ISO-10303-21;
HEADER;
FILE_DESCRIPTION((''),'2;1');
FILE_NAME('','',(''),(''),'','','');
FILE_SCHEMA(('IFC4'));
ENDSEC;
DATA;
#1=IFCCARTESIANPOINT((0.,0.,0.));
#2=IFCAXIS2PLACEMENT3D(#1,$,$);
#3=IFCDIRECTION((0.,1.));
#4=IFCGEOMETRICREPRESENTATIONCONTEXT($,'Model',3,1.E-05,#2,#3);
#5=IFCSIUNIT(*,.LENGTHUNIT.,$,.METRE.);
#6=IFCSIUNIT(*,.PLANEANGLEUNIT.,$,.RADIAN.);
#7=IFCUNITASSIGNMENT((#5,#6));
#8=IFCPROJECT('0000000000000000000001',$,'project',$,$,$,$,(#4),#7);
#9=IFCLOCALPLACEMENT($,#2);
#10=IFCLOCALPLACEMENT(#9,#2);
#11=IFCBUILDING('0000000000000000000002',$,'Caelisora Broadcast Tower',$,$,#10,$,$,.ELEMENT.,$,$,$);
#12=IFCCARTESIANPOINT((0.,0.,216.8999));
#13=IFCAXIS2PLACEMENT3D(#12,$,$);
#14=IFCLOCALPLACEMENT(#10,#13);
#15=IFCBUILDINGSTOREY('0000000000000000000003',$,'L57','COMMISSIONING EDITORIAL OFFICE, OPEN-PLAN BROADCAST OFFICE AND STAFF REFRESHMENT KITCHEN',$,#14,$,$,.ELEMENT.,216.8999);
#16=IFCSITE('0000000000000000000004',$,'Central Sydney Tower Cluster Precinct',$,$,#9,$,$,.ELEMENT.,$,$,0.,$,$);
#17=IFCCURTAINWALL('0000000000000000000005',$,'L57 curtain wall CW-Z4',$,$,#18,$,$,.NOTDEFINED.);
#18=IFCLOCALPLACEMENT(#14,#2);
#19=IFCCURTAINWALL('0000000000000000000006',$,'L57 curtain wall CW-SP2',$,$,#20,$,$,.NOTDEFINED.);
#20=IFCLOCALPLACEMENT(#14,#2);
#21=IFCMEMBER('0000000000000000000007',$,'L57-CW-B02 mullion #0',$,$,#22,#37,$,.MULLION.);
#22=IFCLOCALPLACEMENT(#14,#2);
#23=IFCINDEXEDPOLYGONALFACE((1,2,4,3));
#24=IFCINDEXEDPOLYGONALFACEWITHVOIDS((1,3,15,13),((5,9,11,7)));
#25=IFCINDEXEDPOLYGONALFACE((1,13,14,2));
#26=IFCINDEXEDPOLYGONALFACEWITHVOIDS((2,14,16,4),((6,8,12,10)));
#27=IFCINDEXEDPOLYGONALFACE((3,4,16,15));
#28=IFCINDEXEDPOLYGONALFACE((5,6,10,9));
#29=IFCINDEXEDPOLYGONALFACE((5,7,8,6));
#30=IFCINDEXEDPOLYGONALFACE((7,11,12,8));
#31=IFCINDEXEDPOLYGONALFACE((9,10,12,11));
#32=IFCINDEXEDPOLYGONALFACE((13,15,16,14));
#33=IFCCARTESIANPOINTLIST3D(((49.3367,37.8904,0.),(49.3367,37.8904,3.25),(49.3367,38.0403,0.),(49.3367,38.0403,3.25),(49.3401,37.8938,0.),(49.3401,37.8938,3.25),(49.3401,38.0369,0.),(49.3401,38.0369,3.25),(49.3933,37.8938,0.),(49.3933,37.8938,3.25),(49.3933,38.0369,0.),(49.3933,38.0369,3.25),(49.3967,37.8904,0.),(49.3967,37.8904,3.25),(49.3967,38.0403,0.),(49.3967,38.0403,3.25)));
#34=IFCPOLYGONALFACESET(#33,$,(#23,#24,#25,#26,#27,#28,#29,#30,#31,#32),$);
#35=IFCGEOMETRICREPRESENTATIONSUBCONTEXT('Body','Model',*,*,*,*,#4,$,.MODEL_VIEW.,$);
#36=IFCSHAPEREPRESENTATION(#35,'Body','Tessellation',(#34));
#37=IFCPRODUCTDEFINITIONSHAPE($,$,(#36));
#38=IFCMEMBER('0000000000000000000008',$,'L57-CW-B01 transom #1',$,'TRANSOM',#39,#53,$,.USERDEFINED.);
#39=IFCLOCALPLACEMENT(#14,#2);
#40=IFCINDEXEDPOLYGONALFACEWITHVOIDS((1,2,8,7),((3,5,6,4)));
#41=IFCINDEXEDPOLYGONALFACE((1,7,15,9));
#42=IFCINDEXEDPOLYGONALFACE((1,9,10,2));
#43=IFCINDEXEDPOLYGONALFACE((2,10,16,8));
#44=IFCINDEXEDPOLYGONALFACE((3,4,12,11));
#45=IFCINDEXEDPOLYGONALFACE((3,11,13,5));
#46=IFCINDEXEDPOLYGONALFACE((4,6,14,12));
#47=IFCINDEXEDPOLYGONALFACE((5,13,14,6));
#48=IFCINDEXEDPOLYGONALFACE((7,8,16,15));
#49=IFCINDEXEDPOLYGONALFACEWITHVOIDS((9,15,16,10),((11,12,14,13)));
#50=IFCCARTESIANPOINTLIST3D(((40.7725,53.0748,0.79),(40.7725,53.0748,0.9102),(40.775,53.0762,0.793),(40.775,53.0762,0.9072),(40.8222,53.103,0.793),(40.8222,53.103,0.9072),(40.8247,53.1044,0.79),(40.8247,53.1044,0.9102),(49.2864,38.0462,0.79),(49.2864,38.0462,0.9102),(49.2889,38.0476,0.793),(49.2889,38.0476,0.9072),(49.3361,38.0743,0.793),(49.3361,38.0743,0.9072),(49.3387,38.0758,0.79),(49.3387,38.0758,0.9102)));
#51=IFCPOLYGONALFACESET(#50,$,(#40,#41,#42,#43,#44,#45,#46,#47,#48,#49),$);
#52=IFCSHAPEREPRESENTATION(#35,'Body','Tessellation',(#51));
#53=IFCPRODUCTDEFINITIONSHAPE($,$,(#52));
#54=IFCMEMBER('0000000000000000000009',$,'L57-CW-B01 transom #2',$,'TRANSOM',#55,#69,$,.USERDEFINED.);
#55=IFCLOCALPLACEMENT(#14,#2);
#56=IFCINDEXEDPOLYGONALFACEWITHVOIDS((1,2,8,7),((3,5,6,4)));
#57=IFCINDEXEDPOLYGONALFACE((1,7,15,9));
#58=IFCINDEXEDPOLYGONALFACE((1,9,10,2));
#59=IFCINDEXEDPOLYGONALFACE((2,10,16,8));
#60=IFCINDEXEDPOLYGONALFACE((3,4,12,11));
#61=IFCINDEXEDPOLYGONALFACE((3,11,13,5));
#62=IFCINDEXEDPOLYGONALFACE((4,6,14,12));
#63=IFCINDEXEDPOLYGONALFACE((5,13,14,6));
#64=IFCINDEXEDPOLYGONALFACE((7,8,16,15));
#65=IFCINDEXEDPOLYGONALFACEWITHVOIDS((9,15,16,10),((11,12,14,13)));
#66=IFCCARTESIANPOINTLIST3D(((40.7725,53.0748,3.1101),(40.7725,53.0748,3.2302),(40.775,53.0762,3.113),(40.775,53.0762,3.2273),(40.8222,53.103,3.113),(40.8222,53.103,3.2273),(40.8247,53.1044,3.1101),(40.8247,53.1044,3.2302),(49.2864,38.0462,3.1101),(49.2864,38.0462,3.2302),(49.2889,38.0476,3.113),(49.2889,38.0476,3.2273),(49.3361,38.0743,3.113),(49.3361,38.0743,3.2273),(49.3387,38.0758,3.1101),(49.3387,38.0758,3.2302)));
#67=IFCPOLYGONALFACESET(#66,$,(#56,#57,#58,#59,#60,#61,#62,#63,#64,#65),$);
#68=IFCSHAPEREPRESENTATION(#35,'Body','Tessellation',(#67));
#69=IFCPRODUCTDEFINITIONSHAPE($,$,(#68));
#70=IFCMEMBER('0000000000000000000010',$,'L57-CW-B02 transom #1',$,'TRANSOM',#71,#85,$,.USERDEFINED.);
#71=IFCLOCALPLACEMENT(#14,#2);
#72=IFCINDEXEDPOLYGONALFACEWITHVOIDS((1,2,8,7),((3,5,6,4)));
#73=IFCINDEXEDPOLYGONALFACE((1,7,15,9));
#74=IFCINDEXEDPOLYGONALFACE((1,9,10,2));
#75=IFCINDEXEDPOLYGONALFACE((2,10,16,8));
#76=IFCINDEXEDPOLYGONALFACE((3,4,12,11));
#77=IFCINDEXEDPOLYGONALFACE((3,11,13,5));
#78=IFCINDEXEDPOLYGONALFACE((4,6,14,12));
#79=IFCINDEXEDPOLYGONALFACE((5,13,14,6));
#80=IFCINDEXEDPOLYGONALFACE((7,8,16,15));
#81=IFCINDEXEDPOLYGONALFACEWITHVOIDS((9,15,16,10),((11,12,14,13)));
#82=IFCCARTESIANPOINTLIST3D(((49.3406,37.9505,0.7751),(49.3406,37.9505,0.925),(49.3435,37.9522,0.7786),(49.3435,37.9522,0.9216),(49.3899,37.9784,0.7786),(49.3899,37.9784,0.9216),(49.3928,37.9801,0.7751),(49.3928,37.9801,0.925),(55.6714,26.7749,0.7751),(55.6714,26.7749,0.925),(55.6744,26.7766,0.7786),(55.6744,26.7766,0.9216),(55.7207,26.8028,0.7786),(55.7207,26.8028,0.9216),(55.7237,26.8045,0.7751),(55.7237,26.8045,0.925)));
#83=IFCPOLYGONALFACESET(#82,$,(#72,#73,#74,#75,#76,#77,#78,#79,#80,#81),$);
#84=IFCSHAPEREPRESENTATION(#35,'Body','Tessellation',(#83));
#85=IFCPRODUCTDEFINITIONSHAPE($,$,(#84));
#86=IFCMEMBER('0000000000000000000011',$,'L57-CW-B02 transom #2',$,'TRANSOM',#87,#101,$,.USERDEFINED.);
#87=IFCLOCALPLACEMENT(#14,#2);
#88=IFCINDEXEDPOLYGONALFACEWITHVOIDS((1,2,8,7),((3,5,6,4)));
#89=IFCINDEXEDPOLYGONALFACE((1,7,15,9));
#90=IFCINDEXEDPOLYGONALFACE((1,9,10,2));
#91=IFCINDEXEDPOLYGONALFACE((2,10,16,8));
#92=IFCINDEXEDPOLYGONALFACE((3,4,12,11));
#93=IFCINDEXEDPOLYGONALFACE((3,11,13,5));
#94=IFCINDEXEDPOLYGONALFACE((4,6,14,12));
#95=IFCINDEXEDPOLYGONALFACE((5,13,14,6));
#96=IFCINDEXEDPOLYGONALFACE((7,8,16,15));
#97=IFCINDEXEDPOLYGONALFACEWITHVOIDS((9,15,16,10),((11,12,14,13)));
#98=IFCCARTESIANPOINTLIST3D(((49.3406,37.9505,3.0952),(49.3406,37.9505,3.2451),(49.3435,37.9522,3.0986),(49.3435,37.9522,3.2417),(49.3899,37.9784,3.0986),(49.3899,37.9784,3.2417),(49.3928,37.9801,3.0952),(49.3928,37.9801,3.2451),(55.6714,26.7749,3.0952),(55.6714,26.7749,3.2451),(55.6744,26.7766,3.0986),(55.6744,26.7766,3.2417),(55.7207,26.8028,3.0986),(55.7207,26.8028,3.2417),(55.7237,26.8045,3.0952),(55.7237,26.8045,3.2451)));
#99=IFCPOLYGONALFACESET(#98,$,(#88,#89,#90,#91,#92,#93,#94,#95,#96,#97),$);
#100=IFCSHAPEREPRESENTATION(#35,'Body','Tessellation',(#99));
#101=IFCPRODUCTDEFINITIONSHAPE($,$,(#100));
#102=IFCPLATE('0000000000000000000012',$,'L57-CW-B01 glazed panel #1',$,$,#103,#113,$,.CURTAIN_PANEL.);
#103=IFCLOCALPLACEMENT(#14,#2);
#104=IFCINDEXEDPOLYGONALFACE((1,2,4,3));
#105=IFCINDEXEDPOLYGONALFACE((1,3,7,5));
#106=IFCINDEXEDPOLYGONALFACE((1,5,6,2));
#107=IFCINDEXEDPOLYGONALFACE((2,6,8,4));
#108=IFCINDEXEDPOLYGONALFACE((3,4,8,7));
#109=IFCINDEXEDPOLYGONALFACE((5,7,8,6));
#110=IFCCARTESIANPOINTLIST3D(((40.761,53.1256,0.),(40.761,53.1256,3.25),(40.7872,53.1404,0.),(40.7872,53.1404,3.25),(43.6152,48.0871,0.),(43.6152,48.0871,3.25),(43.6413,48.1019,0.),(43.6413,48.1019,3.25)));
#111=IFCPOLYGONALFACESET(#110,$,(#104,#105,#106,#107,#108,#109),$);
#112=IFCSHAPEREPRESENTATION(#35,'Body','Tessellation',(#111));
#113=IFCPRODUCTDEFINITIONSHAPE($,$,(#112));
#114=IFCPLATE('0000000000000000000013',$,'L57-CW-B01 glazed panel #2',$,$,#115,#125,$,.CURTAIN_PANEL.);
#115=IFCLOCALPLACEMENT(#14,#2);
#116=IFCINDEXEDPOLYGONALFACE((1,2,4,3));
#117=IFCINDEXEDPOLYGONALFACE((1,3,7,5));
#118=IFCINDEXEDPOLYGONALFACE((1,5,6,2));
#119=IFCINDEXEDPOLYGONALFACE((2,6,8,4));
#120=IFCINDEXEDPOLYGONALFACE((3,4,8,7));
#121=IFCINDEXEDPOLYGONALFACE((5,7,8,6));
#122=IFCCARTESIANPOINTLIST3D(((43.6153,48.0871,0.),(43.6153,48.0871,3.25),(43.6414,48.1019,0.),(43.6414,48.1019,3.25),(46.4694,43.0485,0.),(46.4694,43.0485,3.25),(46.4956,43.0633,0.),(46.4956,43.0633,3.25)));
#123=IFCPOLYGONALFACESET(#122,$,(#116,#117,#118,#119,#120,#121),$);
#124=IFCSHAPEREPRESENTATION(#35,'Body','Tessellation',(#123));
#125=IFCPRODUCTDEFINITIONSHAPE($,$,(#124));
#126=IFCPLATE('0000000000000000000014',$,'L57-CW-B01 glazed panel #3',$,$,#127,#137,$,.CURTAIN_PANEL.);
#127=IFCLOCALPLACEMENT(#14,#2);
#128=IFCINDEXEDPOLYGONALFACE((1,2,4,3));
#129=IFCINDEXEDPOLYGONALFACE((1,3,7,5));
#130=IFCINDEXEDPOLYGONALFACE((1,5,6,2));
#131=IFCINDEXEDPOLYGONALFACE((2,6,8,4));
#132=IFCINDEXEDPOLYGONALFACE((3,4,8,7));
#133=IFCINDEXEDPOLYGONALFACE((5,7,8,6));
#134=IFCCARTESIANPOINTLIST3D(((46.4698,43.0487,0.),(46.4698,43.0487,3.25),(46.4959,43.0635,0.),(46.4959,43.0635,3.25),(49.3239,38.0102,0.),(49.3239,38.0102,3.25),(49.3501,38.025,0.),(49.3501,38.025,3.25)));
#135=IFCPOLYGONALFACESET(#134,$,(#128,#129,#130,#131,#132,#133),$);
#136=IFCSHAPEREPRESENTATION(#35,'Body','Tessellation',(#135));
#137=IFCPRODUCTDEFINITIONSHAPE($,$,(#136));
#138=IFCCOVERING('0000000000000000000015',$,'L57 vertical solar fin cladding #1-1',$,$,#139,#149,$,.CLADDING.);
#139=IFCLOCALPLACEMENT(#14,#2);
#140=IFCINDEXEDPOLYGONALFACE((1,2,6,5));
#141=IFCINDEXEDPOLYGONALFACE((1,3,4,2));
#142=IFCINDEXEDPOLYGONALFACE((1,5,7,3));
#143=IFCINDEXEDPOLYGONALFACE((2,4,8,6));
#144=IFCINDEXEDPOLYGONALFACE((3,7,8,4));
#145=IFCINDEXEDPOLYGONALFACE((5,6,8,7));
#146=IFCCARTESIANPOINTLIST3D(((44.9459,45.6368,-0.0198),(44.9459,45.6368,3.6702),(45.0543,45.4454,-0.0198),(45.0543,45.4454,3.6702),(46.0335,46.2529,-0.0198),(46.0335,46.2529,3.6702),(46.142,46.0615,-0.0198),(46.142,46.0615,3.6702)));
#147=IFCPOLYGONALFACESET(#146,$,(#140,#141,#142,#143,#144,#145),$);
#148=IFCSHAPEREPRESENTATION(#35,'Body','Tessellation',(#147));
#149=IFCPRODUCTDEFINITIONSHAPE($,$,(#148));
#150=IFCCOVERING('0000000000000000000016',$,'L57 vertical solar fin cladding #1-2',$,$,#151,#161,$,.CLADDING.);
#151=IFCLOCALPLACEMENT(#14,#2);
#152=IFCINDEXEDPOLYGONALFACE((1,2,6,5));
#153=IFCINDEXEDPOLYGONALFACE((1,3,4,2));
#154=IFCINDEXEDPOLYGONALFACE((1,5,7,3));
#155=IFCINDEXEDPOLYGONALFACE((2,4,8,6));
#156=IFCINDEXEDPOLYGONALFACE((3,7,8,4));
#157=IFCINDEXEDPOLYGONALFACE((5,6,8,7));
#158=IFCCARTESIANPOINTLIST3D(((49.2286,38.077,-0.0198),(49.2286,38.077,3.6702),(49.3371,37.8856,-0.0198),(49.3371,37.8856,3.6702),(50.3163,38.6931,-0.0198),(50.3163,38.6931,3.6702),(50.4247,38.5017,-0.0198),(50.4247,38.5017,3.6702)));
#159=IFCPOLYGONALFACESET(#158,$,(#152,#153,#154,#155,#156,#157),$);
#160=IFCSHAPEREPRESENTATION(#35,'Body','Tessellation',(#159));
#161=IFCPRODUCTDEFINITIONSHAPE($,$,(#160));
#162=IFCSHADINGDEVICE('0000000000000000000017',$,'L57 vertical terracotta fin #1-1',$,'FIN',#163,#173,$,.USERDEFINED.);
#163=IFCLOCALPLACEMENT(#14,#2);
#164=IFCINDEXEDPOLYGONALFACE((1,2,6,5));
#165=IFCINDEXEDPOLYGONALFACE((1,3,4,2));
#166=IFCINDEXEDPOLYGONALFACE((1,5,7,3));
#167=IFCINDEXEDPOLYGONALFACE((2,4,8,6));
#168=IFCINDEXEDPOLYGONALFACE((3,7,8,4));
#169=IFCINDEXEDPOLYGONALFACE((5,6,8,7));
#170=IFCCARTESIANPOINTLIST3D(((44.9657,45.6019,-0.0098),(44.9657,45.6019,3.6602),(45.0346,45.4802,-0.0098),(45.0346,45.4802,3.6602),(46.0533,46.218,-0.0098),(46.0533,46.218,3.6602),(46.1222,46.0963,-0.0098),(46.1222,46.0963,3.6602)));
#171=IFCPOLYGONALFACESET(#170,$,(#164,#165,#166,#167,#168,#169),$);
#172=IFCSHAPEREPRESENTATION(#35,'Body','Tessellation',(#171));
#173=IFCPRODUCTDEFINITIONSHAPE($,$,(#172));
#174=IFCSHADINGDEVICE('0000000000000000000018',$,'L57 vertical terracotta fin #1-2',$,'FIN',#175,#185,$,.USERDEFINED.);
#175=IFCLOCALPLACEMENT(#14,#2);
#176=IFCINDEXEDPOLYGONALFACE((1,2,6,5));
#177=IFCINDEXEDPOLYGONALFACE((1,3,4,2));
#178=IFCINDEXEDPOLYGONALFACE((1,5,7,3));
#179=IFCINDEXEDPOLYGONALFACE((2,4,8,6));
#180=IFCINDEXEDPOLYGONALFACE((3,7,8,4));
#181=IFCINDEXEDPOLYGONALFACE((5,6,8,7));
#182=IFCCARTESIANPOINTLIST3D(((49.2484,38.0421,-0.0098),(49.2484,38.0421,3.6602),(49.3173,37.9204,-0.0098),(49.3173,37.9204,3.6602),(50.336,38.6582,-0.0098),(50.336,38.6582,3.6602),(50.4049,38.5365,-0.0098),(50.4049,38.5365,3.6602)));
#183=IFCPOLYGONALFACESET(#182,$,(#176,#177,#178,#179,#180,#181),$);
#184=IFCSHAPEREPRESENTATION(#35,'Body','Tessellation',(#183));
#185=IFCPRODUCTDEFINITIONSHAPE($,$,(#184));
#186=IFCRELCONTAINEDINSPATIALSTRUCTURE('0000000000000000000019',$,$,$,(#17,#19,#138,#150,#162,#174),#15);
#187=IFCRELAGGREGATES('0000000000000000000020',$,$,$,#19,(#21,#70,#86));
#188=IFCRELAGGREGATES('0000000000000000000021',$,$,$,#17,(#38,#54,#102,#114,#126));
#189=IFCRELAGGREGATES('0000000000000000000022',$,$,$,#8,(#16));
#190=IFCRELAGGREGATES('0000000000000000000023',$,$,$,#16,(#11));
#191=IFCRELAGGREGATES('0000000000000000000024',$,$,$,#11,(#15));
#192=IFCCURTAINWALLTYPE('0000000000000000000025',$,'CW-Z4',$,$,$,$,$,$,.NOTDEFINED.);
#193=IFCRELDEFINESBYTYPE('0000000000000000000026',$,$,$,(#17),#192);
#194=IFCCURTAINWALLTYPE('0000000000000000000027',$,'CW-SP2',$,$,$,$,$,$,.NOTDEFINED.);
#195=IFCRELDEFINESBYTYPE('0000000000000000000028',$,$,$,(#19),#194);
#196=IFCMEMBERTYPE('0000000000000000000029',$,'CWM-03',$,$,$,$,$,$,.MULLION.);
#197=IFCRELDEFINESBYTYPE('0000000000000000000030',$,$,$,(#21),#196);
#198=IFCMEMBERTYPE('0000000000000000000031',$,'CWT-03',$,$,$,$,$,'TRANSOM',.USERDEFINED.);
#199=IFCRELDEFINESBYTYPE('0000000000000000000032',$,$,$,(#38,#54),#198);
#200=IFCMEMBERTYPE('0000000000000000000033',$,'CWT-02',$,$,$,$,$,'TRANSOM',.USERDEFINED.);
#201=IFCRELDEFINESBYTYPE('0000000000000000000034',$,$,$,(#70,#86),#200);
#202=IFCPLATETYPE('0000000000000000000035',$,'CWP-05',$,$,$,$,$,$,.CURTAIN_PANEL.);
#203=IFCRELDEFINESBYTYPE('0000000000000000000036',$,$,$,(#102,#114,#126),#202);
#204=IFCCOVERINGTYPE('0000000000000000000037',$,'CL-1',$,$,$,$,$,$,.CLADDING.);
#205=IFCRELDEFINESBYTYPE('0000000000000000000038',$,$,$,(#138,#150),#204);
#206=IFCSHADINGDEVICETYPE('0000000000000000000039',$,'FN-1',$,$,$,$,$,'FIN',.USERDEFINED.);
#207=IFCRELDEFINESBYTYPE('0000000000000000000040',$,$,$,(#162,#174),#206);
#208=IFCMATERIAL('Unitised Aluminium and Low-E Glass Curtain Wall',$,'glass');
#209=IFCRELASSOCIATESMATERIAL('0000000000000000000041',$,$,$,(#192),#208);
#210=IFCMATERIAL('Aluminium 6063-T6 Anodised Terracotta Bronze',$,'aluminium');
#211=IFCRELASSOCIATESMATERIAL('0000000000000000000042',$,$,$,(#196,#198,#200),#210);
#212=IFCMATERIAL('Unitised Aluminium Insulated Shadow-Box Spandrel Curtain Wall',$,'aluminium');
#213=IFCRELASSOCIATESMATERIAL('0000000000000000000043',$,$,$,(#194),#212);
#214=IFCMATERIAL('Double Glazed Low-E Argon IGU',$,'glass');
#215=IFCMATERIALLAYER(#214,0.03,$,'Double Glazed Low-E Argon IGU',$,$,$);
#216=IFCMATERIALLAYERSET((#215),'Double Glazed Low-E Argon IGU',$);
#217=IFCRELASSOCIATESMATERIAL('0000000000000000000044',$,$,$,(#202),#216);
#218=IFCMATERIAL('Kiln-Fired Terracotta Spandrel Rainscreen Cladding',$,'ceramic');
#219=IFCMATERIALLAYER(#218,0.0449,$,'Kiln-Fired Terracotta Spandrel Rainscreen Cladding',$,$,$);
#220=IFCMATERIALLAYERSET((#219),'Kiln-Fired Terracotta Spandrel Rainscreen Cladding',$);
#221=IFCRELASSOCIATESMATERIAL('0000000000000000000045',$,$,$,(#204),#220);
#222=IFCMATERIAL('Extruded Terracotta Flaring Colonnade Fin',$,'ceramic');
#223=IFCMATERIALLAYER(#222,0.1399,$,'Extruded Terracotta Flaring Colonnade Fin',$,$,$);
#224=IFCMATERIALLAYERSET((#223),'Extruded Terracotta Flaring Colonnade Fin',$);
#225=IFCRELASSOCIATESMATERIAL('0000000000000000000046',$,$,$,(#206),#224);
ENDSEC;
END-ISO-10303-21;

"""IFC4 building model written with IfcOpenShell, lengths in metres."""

from ifc_helpers import new_model, si_unit, direction, frame, origin, origin_2d, place, context, subcontext, project, spatial, rectangle, hollow_rectangle, extrude, source, transform, mapped, material, layer, layer_set, material_profile, profile_set, type_object, type_shapes, element, aggregate, save


model = new_model("IFC4")

# Units and contexts
model_context = context("Model", 3, precision=1e-05, world=origin(), true_north=direction((0.0, 1.0)))
body_context = subcontext(model_context, "Body", "Model", "MODEL_VIEW")
ifc_project = project(units=[si_unit("LENGTHUNIT", "METRE"), si_unit("PLANEANGLEUNIT", "RADIAN")], contexts=[model_context])

# Site, building, storey
site_placement = place(None, origin())
site = spatial("IfcSite", under=ifc_project, at=site_placement, Name="Central Sydney Tower Cluster Precinct", CompositionType="ELEMENT", RefElevation=0.0)
building_placement = place(site_placement, origin())
building = spatial("IfcBuilding", under=site, at=building_placement, Name="Caelisora Broadcast Tower", CompositionType="ELEMENT")
storey_placement = place(building_placement, frame((0.0, 0.0, 216.8999)))
storey = spatial("IfcBuildingStorey", under=building, at=storey_placement, Name="L57", Description="COMMISSIONING EDITORIAL OFFICE, OPEN-PLAN BROADCAST OFFICE AND STAFF REFRESHMENT KITCHEN", CompositionType="ELEMENT", Elevation=216.8999)

# Curtain wall
ifc_material_1 = material(Name="Unitised Aluminium and Low-E Glass Curtain Wall", Category="glass")
curtain_wall_type_1 = type_object("IfcCurtainWallType", Name="CW-Z4", PredefinedType="NOTDEFINED", material=ifc_material_1)
curtain_wall_1_placement = place(storey_placement, origin())
curtain_wall_1 = element("IfcCurtainWall", 1, at=curtain_wall_1_placement, inside=storey, type_object=curtain_wall_type_1, Name="L57 curtain wall CW-Z4", PredefinedType="NOTDEFINED")
ifc_material_2 = material(Name="Aluminium 6063-T6 Anodised Terracotta Bronze", Category="aluminium")
ifc_material_profile_1 = material_profile(ifc_material_2, hollow_rectangle(XDim=0.0601, YDim=0.1499, WallThickness=0.0034, at=origin_2d()), Name="Aluminium 6063-T6 Anodised Terracotta Bronze")
ifc_profile_set_1 = profile_set([ifc_material_profile_1], Name="Aluminium 6063-T6 Anodised Terracotta Bronze")
member_type_1 = type_object("IfcMemberType", Name="CWM-03", PredefinedType="MULLION", material=ifc_profile_set_1)
shared_shape_1 = source(origin(), body_context, "Body", "SweptSolid", [
    extrude(hollow_rectangle(XDim=0.0601, YDim=0.1499, WallThickness=0.0034, at=origin_2d()), origin(), (0.0, 0.0, 1.0), 3.25),
])
type_shapes(member_type_1, [shared_shape_1])

# Curtain wall, member
ifc_material_3 = material(Name="Unitised Aluminium Insulated Shadow-Box Spandrel Curtain Wall", Category="aluminium")
curtain_wall_type_2 = type_object("IfcCurtainWallType", Name="CW-SP2", PredefinedType="NOTDEFINED", material=ifc_material_3)
curtain_wall_2_placement = place(storey_placement, origin())
curtain_wall_2 = element("IfcCurtainWall", 2, at=curtain_wall_2_placement, inside=storey, type_object=curtain_wall_type_2, Name="L57 curtain wall CW-SP2", PredefinedType="NOTDEFINED")
member_1_placement = place(storey_placement, frame((49.3667, 37.9653, 0.0), z_axis=(0.0, 0.0, 1.0), x_axis=(1.0, 0.0, 0.0)))
member_1 = element("IfcMember", 3, at=member_1_placement, type_object=member_type_1, Name="L57-CW-B02 mullion #0", PredefinedType="MULLION", context=body_context, shape_type="MappedRepresentation", body=[
    mapped(shared_shape_1, transform((0.0, 0.0, 0.0), scale=1.0)),
])

# Members
ifc_material_profile_2 = material_profile(ifc_material_2, hollow_rectangle(XDim=0.0601, YDim=0.1201, WallThickness=0.0029, at=origin_2d()), Name="Aluminium 6063-T6 Anodised Terracotta Bronze")
ifc_profile_set_2 = profile_set([ifc_material_profile_2], Name="Aluminium 6063-T6 Anodised Terracotta Bronze")
member_type_2 = type_object("IfcMemberType", Name="CWT-03", ElementType="TRANSOM", PredefinedType="USERDEFINED", material=ifc_profile_set_2)
shared_shape_2 = source(origin(), body_context, "Body", "SweptSolid", [
    extrude(hollow_rectangle(XDim=0.0601, YDim=0.1201, WallThickness=0.0029, at=origin_2d()), origin(), (0.0, 0.0, 1.0), 17.2727),
])
type_shapes(member_type_2, [shared_shape_2])
member_2_placement = place(storey_placement, frame((40.7986, 53.0896, 0.8501), z_axis=(0.492913, -0.870079, 0.0), x_axis=(0.870079, 0.492913, 0.0)))
member_2 = element("IfcMember", 4, at=member_2_placement, type_object=member_type_2, Name="L57-CW-B01 transom #1", ObjectType="TRANSOM", PredefinedType="USERDEFINED", context=body_context, shape_type="MappedRepresentation", body=[
    mapped(shared_shape_2, transform((0.0, 0.0, 0.0), scale=1.0)),
])
member_3_placement = place(storey_placement, frame((40.7986, 53.0896, 3.1702), z_axis=(0.492913, -0.870079, 0.0), x_axis=(0.870079, 0.492913, 0.0)))
member_3 = element("IfcMember", 5, at=member_3_placement, type_object=member_type_2, Name="L57-CW-B01 transom #2", ObjectType="TRANSOM", PredefinedType="USERDEFINED", context=body_context, shape_type="MappedRepresentation", body=[
    mapped(shared_shape_2, transform((0.0, 0.0, 0.0), scale=1.0)),
])
ifc_material_profile_3 = material_profile(ifc_material_2, hollow_rectangle(XDim=0.0601, YDim=0.1499, WallThickness=0.0034, at=origin_2d()), Name="Aluminium 6063-T6 Anodised Terracotta Bronze")
ifc_profile_set_3 = profile_set([ifc_material_profile_3], Name="Aluminium 6063-T6 Anodised Terracotta Bronze")
member_type_3 = type_object("IfcMemberType", Name="CWT-02", ElementType="TRANSOM", PredefinedType="USERDEFINED", material=ifc_profile_set_3)
shared_shape_3 = source(origin(), body_context, "Body", "SweptSolid", [
    extrude(hollow_rectangle(XDim=0.0601, YDim=0.1499, WallThickness=0.0034, at=origin_2d()), origin(), (0.0, 0.0, 1.0), 12.8442),
])
type_shapes(member_type_3, [shared_shape_3])
member_4_placement = place(storey_placement, frame((49.3667, 37.9653, 0.8501), z_axis=(0.492895, -0.870089, 0.0), x_axis=(0.870089, 0.492895, 0.0)))
member_4 = element("IfcMember", 6, at=member_4_placement, type_object=member_type_3, Name="L57-CW-B02 transom #1", ObjectType="TRANSOM", PredefinedType="USERDEFINED", context=body_context, shape_type="MappedRepresentation", body=[
    mapped(shared_shape_3, transform((0.0, 0.0, 0.0), scale=1.0)),
])
member_5_placement = place(storey_placement, frame((49.3667, 37.9653, 3.1702), z_axis=(0.492895, -0.870089, 0.0), x_axis=(0.870089, 0.492895, 0.0)))
member_5 = element("IfcMember", 7, at=member_5_placement, type_object=member_type_3, Name="L57-CW-B02 transom #2", ObjectType="TRANSOM", PredefinedType="USERDEFINED", context=body_context, shape_type="MappedRepresentation", body=[
    mapped(shared_shape_3, transform((0.0, 0.0, 0.0), scale=1.0)),
])
aggregate(curtain_wall_2, [member_1, member_4, member_5])

# Plates
ifc_material_4 = material(Name="Double Glazed Low-E Argon IGU", Category="glass")
ifc_layer_1 = layer(ifc_material_4, 0.03, Name="Double Glazed Low-E Argon IGU")
ifc_layer_set_1 = layer_set([ifc_layer_1], Name="Double Glazed Low-E Argon IGU")
plate_type = type_object("IfcPlateType", Name="CWP-05", PredefinedType="CURTAIN_PANEL", material=ifc_layer_set_1)
shared_shape_4 = source(origin(), body_context, "Body", "SweptSolid", [
    extrude(rectangle(XDim=5.7908, YDim=0.03, at=origin_2d()), origin(), (0.0, 0.0, 1.0), 3.25),
])
type_shapes(plate_type, [shared_shape_4])
plate_1_placement = place(storey_placement, frame((42.2012, 50.6138, 0.0), z_axis=(0.0, 0.0, 1.0), x_axis=(0.492879, -0.870098, 0.0)))
plate_1 = element("IfcPlate", 8, at=plate_1_placement, type_object=plate_type, Name="L57-CW-B01 glazed panel #1", PredefinedType="CURTAIN_PANEL", context=body_context, shape_type="MappedRepresentation", body=[
    mapped(shared_shape_4, transform((0.0, 0.0, 0.0), scale=1.0)),
])
plate_2_placement = place(storey_placement, frame((45.0554, 45.5752, 0.0), z_axis=(0.0, 0.0, 1.0), x_axis=(0.492879, -0.870098, 0.0)))
plate_2 = element("IfcPlate", 9, at=plate_2_placement, type_object=plate_type, Name="L57-CW-B01 glazed panel #2", PredefinedType="CURTAIN_PANEL", context=body_context, shape_type="MappedRepresentation", body=[
    mapped(shared_shape_4, transform((0.0, 0.0, 0.0), scale=1.0)),
])
plate_3_placement = place(storey_placement, frame((47.9099, 40.5369, 0.0), z_axis=(0.0, 0.0, 1.0), x_axis=(0.492879, -0.870098, 0.0)))
plate_3 = element("IfcPlate", 10, at=plate_3_placement, type_object=plate_type, Name="L57-CW-B01 glazed panel #3", PredefinedType="CURTAIN_PANEL", context=body_context, shape_type="MappedRepresentation", body=[
    mapped(shared_shape_4, transform((0.0, 0.0, 0.0), scale=1.0)),
])
aggregate(curtain_wall_1, [member_2, member_3, plate_1, plate_2, plate_3])

# Coverings
ifc_material_5 = material(Name="Kiln-Fired Terracotta Spandrel Rainscreen Cladding", Category="ceramic")
ifc_layer_2 = layer(ifc_material_5, 0.0449, Name="Kiln-Fired Terracotta Spandrel Rainscreen Cladding")
ifc_layer_set_2 = layer_set([ifc_layer_2], Name="Kiln-Fired Terracotta Spandrel Rainscreen Cladding")
covering_type = type_object("IfcCoveringType", Name="CL-1", PredefinedType="CLADDING", material=ifc_layer_set_2)
shared_shape_5 = source(origin(), body_context, "Body", "SweptSolid", [
    extrude(rectangle(XDim=0.22, YDim=1.25, at=origin_2d()), origin(), (0.0, 0.0, 1.0), 3.6899),
])
type_shapes(covering_type, [shared_shape_5])
for number, where, z_axis, x_axis, name in (
    (11, (45.5439, 45.8491, -0.0198), (0.0, 0.0, 1.0), (0.492879, -0.870098, 0.0), "L57 vertical solar fin cladding #1-1"),
    (12, (49.8267, 38.2893, -0.0198), (0.0, 0.0, 1.0), (0.492879, -0.870098, 0.0), "L57 vertical solar fin cladding #1-2"),
):
    element("IfcCovering", number, at=place(storey_placement, frame(where, z_axis=z_axis, x_axis=x_axis)), inside=storey, type_object=covering_type, Name=name, PredefinedType="CLADDING", context=body_context, shape_type="MappedRepresentation", body=[
        mapped(shared_shape_5, transform((0.0, 0.0, 0.0), scale=1.0)),
    ])

# Shading devices
ifc_material_6 = material(Name="Extruded Terracotta Flaring Colonnade Fin", Category="ceramic")
ifc_layer_3 = layer(ifc_material_6, 0.1399, Name="Extruded Terracotta Flaring Colonnade Fin")
ifc_layer_set_3 = layer_set([ifc_layer_3], Name="Extruded Terracotta Flaring Colonnade Fin")
shading_device_type = type_object("IfcShadingDeviceType", Name="FN-1", ElementType="FIN", PredefinedType="USERDEFINED", material=ifc_layer_set_3)
shared_shape_6 = source(origin(), body_context, "Body", "SweptSolid", [
    extrude(rectangle(XDim=0.1399, YDim=1.25, at=origin_2d()), origin(), (0.0, 0.0, 1.0), 3.6699),
])
type_shapes(shading_device_type, [shared_shape_6])
for number, where, z_axis, x_axis, name in (
    (13, (45.5439, 45.8491, -0.0098), (0.0, 0.0, 1.0), (0.492879, -0.870098, 0.0), "L57 vertical terracotta fin #1-1"),
    (14, (49.8267, 38.2893, -0.0098), (0.0, 0.0, 1.0), (0.492879, -0.870098, 0.0), "L57 vertical terracotta fin #1-2"),
):
    element("IfcShadingDevice", number, at=place(storey_placement, frame(where, z_axis=z_axis, x_axis=x_axis)), inside=storey, type_object=shading_device_type, Name=name, ObjectType="FIN", PredefinedType="USERDEFINED", context=body_context, shape_type="MappedRepresentation", body=[
        mapped(shared_shape_6, transform((0.0, 0.0, 0.0), scale=1.0)),
    ])

save(model, "model.ifc")
